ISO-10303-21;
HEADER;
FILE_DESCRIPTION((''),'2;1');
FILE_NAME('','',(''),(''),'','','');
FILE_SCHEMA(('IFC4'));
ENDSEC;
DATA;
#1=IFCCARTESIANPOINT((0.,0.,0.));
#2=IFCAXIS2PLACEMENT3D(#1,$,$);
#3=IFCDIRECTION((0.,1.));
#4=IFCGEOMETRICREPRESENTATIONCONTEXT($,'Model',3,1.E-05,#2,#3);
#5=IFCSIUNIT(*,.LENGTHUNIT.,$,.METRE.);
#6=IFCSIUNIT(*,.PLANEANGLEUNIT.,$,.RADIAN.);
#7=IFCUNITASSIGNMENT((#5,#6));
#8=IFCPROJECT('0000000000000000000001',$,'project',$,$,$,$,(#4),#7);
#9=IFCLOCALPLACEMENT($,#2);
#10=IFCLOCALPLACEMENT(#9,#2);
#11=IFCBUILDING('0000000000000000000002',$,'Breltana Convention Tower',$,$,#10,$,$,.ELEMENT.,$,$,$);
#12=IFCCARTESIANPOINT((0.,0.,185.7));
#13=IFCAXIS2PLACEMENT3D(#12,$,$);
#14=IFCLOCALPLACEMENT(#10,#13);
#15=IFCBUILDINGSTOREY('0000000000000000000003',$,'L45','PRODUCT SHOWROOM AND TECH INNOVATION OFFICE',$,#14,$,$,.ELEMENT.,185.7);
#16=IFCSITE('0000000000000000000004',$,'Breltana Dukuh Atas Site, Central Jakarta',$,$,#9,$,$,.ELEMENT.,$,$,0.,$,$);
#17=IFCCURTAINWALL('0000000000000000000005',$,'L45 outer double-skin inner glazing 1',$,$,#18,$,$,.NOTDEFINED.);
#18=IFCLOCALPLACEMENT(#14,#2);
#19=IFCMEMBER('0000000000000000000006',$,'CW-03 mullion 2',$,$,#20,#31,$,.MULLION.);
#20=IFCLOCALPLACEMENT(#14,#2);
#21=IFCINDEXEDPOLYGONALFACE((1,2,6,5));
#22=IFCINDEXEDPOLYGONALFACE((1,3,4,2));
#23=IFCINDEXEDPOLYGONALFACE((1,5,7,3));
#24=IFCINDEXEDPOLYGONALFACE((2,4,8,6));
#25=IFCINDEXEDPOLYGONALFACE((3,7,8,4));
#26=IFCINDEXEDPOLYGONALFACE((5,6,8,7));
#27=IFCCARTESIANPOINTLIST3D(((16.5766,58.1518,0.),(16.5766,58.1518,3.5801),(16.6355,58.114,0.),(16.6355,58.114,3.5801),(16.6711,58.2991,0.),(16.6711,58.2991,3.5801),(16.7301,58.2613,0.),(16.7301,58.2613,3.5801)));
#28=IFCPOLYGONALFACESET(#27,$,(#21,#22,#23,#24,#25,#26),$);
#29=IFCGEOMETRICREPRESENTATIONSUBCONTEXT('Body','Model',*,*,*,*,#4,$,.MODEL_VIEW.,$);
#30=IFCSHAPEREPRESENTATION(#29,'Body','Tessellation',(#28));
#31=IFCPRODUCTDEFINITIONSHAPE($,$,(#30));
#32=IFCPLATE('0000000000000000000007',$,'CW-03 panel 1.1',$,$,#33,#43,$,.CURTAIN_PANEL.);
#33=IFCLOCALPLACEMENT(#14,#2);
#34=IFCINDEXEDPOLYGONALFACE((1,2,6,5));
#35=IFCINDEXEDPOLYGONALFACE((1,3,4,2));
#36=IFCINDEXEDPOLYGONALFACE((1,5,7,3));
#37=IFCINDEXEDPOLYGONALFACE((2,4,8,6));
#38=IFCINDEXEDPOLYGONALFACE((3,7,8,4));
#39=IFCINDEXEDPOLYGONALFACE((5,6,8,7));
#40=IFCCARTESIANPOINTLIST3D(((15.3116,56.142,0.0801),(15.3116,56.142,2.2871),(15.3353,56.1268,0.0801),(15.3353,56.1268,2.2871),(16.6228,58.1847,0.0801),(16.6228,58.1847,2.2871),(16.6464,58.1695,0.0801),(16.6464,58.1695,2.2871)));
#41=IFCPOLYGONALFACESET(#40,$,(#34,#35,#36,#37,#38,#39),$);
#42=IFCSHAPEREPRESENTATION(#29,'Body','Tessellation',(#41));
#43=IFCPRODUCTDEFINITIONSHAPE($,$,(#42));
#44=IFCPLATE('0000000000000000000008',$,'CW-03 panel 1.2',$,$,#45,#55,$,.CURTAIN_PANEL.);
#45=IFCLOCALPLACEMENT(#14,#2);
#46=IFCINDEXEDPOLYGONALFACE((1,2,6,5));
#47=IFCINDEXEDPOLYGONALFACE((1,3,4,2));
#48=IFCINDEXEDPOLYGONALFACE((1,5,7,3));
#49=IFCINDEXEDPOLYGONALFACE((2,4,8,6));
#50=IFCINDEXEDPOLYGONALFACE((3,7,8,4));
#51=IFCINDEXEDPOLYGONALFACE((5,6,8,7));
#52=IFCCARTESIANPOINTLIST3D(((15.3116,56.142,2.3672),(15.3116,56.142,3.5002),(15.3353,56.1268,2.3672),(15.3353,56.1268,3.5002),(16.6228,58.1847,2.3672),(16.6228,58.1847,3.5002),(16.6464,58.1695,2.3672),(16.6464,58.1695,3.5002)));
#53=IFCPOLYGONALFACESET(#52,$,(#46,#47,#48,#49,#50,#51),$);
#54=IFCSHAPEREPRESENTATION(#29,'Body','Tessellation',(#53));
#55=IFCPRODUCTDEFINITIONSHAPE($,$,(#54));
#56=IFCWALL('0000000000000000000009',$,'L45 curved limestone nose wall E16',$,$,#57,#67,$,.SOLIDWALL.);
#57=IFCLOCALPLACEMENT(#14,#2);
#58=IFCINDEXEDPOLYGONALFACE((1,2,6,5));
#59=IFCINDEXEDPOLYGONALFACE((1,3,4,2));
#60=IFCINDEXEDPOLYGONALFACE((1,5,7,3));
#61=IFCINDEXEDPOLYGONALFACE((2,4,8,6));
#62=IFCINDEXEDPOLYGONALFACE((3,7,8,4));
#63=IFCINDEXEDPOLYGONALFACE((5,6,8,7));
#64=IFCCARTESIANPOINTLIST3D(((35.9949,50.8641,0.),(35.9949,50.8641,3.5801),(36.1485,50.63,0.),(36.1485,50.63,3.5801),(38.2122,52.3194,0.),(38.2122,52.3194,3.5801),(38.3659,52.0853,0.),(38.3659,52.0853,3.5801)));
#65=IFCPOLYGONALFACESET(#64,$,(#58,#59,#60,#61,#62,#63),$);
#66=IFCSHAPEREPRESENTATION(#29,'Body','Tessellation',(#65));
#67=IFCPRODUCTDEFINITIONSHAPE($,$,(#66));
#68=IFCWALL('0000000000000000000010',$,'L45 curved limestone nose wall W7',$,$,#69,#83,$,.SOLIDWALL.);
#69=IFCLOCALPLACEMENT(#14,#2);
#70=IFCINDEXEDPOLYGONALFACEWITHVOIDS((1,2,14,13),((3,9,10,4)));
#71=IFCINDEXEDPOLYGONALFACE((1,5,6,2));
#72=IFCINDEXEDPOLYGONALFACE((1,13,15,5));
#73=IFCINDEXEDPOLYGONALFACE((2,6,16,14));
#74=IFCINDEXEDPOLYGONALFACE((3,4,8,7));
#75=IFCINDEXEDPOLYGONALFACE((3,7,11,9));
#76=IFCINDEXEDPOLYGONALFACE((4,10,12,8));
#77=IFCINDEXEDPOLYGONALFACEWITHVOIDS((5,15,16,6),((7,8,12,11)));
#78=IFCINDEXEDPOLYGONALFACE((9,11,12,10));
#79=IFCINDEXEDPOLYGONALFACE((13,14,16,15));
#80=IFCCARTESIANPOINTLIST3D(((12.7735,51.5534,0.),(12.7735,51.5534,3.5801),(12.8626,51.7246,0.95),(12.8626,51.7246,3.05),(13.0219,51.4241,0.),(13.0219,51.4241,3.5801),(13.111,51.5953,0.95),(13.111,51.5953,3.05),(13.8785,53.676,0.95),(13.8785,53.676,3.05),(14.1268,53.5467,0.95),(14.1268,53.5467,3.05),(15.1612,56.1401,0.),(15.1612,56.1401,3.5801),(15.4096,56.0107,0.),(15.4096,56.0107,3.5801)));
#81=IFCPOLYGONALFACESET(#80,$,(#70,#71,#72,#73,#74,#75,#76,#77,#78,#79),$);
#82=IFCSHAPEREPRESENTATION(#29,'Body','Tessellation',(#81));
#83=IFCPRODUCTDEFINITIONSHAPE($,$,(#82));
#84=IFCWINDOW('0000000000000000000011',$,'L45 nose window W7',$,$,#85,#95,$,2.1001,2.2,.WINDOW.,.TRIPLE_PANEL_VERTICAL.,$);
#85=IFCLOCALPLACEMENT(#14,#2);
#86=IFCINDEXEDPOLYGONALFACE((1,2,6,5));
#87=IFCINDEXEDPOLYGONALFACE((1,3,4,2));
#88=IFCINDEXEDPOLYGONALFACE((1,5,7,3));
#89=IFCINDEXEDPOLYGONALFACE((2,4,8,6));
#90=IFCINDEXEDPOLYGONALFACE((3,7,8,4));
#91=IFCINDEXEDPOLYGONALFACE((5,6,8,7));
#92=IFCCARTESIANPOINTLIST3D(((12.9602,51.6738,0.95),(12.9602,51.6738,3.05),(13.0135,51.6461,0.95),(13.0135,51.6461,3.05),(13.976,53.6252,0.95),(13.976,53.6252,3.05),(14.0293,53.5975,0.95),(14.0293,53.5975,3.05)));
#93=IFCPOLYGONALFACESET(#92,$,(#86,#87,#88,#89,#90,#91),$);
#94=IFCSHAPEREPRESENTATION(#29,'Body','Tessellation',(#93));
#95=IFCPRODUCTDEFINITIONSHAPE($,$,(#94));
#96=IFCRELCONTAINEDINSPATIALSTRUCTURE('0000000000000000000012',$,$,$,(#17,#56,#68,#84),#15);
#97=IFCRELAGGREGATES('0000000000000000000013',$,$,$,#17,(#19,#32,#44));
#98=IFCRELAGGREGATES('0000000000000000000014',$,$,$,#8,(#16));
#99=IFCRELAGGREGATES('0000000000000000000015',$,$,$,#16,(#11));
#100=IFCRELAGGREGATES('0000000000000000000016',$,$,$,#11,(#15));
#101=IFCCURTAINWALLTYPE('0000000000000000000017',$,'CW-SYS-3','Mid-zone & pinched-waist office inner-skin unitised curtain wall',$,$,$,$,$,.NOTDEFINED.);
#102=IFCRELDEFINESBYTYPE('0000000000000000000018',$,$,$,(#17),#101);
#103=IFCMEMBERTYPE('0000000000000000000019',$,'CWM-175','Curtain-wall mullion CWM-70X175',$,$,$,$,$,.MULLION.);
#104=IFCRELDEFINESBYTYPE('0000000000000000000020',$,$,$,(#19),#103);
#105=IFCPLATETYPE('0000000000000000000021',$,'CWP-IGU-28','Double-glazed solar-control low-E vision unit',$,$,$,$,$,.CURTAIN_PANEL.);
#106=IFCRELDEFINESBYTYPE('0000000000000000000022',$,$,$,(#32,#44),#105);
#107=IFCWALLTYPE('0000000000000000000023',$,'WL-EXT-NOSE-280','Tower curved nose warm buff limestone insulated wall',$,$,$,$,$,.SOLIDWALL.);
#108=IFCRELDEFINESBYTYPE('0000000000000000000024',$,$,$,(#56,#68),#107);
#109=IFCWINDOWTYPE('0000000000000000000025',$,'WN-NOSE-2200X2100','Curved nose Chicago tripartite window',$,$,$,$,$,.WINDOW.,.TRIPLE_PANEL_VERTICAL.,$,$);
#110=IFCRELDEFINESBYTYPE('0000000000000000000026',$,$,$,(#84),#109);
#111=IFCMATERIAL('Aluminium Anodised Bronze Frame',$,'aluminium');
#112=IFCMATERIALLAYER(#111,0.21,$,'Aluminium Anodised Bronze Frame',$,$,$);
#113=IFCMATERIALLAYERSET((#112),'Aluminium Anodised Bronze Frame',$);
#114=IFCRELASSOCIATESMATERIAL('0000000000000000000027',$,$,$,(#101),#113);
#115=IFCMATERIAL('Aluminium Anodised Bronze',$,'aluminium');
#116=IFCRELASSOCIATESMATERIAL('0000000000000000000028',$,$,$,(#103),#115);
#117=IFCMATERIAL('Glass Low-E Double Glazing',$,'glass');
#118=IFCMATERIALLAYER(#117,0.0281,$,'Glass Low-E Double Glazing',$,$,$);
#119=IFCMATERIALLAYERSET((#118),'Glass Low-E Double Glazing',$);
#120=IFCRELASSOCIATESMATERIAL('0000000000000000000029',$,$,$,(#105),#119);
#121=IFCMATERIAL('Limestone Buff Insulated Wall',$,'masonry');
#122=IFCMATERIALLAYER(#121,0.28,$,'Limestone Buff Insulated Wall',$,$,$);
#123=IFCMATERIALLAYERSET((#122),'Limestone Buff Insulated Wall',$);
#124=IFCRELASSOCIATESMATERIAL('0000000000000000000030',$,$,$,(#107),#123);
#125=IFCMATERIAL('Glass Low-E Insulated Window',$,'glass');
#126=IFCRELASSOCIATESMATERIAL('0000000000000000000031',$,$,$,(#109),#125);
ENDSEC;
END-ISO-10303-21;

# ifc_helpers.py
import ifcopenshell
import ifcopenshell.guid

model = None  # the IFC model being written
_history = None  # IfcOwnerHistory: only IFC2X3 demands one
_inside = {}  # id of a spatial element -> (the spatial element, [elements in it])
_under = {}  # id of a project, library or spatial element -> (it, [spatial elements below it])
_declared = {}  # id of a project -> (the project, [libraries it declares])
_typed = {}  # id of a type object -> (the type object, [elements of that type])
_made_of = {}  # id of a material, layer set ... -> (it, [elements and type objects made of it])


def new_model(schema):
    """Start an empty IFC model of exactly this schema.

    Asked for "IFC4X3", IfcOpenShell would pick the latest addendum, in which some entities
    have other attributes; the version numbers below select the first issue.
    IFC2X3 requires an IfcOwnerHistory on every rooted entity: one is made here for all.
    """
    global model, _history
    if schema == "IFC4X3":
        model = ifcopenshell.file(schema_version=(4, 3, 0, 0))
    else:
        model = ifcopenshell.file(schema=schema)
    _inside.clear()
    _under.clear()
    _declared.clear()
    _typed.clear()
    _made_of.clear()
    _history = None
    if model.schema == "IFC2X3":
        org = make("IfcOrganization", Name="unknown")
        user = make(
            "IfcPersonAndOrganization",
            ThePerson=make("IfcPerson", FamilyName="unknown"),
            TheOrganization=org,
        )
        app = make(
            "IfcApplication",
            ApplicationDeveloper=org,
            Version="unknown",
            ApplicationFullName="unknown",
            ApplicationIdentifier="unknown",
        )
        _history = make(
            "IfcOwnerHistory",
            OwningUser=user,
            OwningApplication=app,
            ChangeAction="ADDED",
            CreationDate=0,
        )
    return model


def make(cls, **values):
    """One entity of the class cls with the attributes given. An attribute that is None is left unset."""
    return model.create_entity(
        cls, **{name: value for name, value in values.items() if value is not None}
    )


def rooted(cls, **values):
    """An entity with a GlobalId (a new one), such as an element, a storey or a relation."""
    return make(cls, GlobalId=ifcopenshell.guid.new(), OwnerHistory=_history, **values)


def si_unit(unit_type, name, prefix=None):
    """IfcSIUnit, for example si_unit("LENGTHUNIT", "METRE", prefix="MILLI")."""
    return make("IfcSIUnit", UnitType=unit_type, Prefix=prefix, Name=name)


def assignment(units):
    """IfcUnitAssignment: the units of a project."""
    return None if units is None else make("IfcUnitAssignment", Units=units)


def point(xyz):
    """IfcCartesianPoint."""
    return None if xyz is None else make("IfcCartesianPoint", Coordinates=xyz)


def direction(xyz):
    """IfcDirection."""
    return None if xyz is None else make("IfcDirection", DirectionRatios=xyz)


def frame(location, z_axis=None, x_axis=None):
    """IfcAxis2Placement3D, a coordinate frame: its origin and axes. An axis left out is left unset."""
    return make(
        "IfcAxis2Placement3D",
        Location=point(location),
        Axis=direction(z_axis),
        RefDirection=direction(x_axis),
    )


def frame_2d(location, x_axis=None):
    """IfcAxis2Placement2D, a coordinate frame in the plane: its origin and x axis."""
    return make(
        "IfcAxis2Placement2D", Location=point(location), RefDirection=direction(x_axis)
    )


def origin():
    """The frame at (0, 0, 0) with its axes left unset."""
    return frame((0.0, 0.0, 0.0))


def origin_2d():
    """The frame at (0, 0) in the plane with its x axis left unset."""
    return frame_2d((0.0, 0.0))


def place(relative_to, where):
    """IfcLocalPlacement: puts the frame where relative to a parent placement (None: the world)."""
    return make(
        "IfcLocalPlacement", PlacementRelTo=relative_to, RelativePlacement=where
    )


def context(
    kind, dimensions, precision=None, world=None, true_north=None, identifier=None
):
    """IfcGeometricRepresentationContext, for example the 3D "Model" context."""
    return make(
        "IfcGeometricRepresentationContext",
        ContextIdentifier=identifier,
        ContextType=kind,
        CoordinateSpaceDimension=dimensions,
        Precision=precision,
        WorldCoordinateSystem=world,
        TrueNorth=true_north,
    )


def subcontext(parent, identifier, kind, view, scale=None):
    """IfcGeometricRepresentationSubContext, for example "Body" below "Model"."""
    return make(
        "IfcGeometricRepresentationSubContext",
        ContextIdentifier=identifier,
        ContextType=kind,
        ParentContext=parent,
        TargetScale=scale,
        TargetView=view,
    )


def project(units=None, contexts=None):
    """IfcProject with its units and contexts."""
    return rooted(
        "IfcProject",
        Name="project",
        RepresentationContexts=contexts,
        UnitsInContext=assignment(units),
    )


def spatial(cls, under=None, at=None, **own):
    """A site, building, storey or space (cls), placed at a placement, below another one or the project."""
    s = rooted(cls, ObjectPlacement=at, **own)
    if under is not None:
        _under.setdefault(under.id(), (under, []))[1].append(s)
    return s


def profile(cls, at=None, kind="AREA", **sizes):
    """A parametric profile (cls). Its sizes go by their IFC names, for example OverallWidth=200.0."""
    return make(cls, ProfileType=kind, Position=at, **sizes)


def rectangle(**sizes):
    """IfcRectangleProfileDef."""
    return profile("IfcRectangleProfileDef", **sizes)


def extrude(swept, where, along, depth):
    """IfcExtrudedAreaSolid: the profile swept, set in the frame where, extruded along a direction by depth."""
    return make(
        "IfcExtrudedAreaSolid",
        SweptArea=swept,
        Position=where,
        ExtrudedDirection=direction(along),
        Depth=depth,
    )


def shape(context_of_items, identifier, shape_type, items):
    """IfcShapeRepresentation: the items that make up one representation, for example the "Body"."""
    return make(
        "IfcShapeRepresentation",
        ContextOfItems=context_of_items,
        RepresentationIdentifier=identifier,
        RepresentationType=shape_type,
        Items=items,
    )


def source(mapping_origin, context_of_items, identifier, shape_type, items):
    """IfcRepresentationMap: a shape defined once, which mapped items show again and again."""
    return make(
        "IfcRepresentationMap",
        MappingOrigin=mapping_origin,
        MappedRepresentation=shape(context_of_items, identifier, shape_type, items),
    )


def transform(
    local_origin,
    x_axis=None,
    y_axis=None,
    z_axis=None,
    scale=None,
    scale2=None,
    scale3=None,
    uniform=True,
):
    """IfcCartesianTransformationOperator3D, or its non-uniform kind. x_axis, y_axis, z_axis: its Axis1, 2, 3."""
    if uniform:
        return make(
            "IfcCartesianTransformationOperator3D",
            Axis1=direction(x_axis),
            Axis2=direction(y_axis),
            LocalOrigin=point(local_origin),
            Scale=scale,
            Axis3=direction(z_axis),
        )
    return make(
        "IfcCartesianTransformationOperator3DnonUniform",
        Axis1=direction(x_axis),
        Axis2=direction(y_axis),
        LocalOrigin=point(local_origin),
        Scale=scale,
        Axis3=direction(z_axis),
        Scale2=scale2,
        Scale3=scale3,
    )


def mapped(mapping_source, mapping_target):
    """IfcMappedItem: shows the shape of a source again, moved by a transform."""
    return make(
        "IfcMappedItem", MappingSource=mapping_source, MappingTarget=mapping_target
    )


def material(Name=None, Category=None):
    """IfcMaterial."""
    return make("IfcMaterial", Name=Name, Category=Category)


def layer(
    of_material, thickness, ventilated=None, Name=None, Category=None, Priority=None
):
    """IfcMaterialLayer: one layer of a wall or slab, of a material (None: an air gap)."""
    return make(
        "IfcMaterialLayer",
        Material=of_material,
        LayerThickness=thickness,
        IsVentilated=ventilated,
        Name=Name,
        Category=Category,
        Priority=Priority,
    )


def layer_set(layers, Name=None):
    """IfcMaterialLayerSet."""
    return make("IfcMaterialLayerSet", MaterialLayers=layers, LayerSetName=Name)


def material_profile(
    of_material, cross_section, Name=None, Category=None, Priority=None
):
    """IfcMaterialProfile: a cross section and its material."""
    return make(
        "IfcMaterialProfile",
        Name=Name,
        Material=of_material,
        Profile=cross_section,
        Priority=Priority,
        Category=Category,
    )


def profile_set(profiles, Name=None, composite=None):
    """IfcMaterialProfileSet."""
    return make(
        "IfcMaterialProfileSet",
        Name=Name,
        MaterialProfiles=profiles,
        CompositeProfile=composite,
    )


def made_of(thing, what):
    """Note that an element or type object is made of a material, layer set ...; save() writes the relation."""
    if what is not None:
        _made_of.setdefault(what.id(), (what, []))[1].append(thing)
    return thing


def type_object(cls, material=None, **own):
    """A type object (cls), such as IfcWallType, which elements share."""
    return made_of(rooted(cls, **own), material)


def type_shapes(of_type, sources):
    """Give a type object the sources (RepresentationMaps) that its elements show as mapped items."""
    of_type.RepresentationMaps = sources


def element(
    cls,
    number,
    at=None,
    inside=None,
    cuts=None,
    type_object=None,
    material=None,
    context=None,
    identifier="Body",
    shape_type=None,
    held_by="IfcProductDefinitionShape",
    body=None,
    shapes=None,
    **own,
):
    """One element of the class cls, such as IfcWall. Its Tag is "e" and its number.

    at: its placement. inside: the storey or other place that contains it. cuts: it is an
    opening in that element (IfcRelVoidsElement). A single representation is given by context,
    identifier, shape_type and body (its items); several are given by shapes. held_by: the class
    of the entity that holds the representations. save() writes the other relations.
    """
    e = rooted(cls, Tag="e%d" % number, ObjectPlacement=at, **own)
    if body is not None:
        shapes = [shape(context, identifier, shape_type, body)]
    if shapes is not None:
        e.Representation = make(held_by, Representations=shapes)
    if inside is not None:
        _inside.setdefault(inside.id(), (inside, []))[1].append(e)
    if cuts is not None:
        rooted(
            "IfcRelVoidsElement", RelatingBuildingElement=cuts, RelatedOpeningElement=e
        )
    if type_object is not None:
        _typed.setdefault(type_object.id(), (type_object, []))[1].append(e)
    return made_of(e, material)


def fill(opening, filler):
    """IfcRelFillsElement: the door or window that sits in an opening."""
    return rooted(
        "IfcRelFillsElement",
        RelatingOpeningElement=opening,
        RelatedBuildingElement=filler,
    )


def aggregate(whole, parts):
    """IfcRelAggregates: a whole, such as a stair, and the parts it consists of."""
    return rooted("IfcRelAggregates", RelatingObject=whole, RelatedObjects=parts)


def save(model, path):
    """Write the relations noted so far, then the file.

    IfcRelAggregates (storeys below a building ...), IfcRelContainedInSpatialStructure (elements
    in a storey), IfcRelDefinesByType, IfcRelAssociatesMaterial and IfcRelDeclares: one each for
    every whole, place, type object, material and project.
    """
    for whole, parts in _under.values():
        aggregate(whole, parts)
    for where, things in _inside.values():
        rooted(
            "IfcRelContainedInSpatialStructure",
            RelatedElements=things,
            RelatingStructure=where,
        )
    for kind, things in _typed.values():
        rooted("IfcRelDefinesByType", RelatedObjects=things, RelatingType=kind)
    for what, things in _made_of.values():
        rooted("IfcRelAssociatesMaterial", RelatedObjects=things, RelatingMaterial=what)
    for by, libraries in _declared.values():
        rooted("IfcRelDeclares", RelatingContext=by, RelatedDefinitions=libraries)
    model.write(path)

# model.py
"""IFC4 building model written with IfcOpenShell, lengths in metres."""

from ifc_helpers import new_model, si_unit, direction, frame, frame_2d, origin, origin_2d, place, context, subcontext, project, spatial, rectangle, extrude, source, transform, mapped, material, layer, layer_set, material_profile, profile_set, type_object, type_shapes, element, fill, aggregate, save


model = new_model("IFC4")

# Units and contexts
model_context = context("Model", 3, precision=1e-05, world=origin(), true_north=direction((0.0, 1.0)))
body_context = subcontext(model_context, "Body", "Model", "MODEL_VIEW")
ifc_project = project(units=[si_unit("LENGTHUNIT", "METRE"), si_unit("PLANEANGLEUNIT", "RADIAN")], contexts=[model_context])

# Site, building, storey
site_placement = place(None, origin())
site = spatial("IfcSite", under=ifc_project, at=site_placement, Name="Breltana Dukuh Atas Site, Central Jakarta", CompositionType="ELEMENT", RefElevation=0.0)
building_placement = place(site_placement, origin())
building = spatial("IfcBuilding", under=site, at=building_placement, Name="Breltana Convention Tower", CompositionType="ELEMENT")
storey_placement = place(building_placement, frame((0.0, 0.0, 185.7)))
storey = spatial("IfcBuildingStorey", under=building, at=storey_placement, Name="L45", Description="PRODUCT SHOWROOM AND TECH INNOVATION OFFICE", CompositionType="ELEMENT", Elevation=185.7)

# Curtain wall, member, plates
ifc_material_1 = material(Name="Aluminium Anodised Bronze Frame", Category="aluminium")
ifc_layer_1 = layer(ifc_material_1, 0.21, Name="Aluminium Anodised Bronze Frame")
ifc_layer_set_1 = layer_set([ifc_layer_1], Name="Aluminium Anodised Bronze Frame")
curtain_wall_type = type_object("IfcCurtainWallType", Name="CW-SYS-3", Description="Mid-zone & pinched-waist office inner-skin unitised curtain wall", PredefinedType="NOTDEFINED", material=ifc_layer_set_1)
curtain_wall_placement = place(storey_placement, origin())
curtain_wall = element("IfcCurtainWall", 1, at=curtain_wall_placement, inside=storey, type_object=curtain_wall_type, Name="L45 outer double-skin inner glazing 1", PredefinedType="NOTDEFINED")
ifc_material_2 = material(Name="Aluminium Anodised Bronze", Category="aluminium")
ifc_material_profile_1 = material_profile(ifc_material_2, rectangle(XDim=0.0701, YDim=0.175, at=origin_2d()), Name="CWM-70X175")
ifc_profile_set_1 = profile_set([ifc_material_profile_1], Name="Aluminium Anodised Bronze")
member_type_1 = type_object("IfcMemberType", Name="CWM-175", Description="Curtain-wall mullion CWM-70X175", PredefinedType="MULLION", material=ifc_profile_set_1)
shared_shape_1 = source(origin(), body_context, "Body", "SweptSolid", [
    extrude(rectangle(XDim=0.0701, YDim=0.175, at=origin_2d()), origin(), (0.0, 0.0, 1.0), 3.5801),
])
member_1_placement = place(storey_placement, frame((16.6533, 58.2065, 0.0), z_axis=(0.0, 0.0, 1.0), x_axis=(-0.841554, 0.540173, 0.0)))
member_1 = element("IfcMember", 2, at=member_1_placement, type_object=member_type_1, Name="CW-03 mullion 2", PredefinedType="MULLION", context=body_context, shape_type="MappedRepresentation", body=[
    mapped(shared_shape_1, transform((0.0, 0.0, 0.0), scale=1.0)),
])
ifc_material_3 = material(Name="Glass Low-E Double Glazing", Category="glass")
ifc_layer_2 = layer(ifc_material_3, 0.0281, Name="Glass Low-E Double Glazing")
ifc_layer_set_2 = layer_set([ifc_layer_2], Name="Glass Low-E Double Glazing")
plate_type = type_object("IfcPlateType", Name="CWP-IGU-28", Description="Double-glazed solar-control low-E vision unit", PredefinedType="CURTAIN_PANEL", material=ifc_layer_set_2)
shared_shape_2 = source(origin(), body_context, "Body", "SweptSolid", [
    extrude(rectangle(XDim=2.4272, YDim=0.0281, at=origin_2d()), origin(), (0.0, 0.0, 1.0), 2.207),
])
plate_1_placement = place(storey_placement, frame((15.979, 57.1558, 0.0801), z_axis=(0.0, 0.0, 1.0), x_axis=(0.540173, 0.841554, 0.0)))
plate_1 = element("IfcPlate", 3, at=plate_1_placement, type_object=plate_type, Name="CW-03 panel 1.1", PredefinedType="CURTAIN_PANEL", context=body_context, shape_type="MappedRepresentation", body=[
    mapped(shared_shape_2, transform((0.0, 0.0, 0.0), scale=1.0)),
])
shared_shape_3 = source(origin(), body_context, "Body", "SweptSolid", [
    extrude(rectangle(XDim=2.4272, YDim=0.0281, at=origin_2d()), origin(), (0.0, 0.0, 1.0), 1.1331),
])
plate_2_placement = place(storey_placement, frame((15.979, 57.1558, 2.3672), z_axis=(0.0, 0.0, 1.0), x_axis=(0.540173, 0.841554, 0.0)))
plate_2 = element("IfcPlate", 4, at=plate_2_placement, type_object=plate_type, Name="CW-03 panel 1.2", PredefinedType="CURTAIN_PANEL", context=body_context, shape_type="MappedRepresentation", body=[
    mapped(shared_shape_3, transform((0.0, 0.0, 0.0), scale=1.0)),
])
aggregate(curtain_wall, [member_1, plate_1, plate_2])

# Wall
ifc_material_4 = material(Name="Limestone Buff Insulated Wall", Category="masonry")
ifc_layer_3 = layer(ifc_material_4, 0.28, Name="Limestone Buff Insulated Wall")
ifc_layer_set_3 = layer_set([ifc_layer_3], Name="Limestone Buff Insulated Wall")
wall_type = type_object("IfcWallType", Name="WL-EXT-NOSE-280", Description="Tower curved nose warm buff limestone insulated wall", PredefinedType="SOLIDWALL", material=ifc_layer_set_3)
shared_shape_4 = source(origin(), body_context, "Body", "SweptSolid", [
    extrude(rectangle(XDim=2.6523, YDim=0.28, at=frame_2d((1.3262, 0.0))), origin(), (0.0, 0.0, 1.0), 3.5801),
])
wall_1_placement = place(storey_placement, frame((38.2891, 52.2024, 0.0), z_axis=(0.0, 0.0, 1.0), x_axis=(-0.836008, -0.548717, 0.0)))
element("IfcWall", 5, at=wall_1_placement, inside=storey, type_object=wall_type, Name="L45 curved limestone nose wall E16", PredefinedType="SOLIDWALL", context=body_context, shape_type="MappedRepresentation", body=[
    mapped(shared_shape_4, transform((0.0, 0.0, 0.0), scale=1.0)),
])

# Wall, opening, window
shared_shape_5 = source(origin(), body_context, "Body", "SweptSolid", [
    extrude(rectangle(XDim=5.1709, YDim=0.28, at=frame_2d((2.5854, 0.0))), origin(), (0.0, 0.0, 1.0), 3.5801),
])
wall_2_placement = place(storey_placement, frame((12.8977, 51.4888, 0.0), z_axis=(0.0, 0.0, 1.0), x_axis=(0.461753, 0.887009, 0.0)))
wall_2 = element("IfcWall", 6, at=wall_2_placement, inside=storey, type_object=wall_type, Name="L45 curved limestone nose wall W7", PredefinedType="SOLIDWALL", context=body_context, shape_type="MappedRepresentation", body=[
    mapped(shared_shape_5, transform((0.0, 0.0, 0.0), scale=1.0)),
])
opening_placement = place(wall_2_placement, frame((0.1929, 0.0, 0.95)))
opening = element("IfcOpeningElement", 7, at=opening_placement, cuts=wall_2, PredefinedType="OPENING", context=body_context, shape_type="SweptSolid", body=[
    extrude(rectangle(XDim=2.2, YDim=2.1001, at=frame_2d((1.1001, 1.05))), frame((0.0, 0.1499, 0.0), z_axis=(0.0, -1.0, 0.0), x_axis=(1.0, 0.0, 0.0)), (0.0, 0.0, 1.0), 0.3),
])
ifc_material_5 = material(Name="Glass Low-E Insulated Window", Category="glass")
window_type = type_object("IfcWindowType", Name="WN-NOSE-2200X2100", Description="Curved nose Chicago tripartite window", PartitioningType="TRIPLE_PANEL_VERTICAL", PredefinedType="WINDOW", material=ifc_material_5)
shared_shape_6 = source(origin(), body_context, "Body", "SweptSolid", [
    extrude(rectangle(XDim=2.2, YDim=2.1001, at=frame_2d((1.1001, 1.05))), frame((0.0, 0.03, 0.0), z_axis=(0.0, -1.0, 0.0), x_axis=(1.0, 0.0, 0.0)), (0.0, 0.0, 1.0), 0.0601),
])
type_shapes(window_type, [shared_shape_6])
window_placement = place(opening_placement, origin())
window = element("IfcWindow", 8, at=window_placement, inside=storey, type_object=window_type, Name="L45 nose window W7", OverallHeight=2.1001, OverallWidth=2.2, PartitioningType="TRIPLE_PANEL_VERTICAL", PredefinedType="WINDOW", context=body_context, shape_type="MappedRepresentation", body=[
    mapped(shared_shape_6, transform((0.0, 0.0, 0.0), scale=1.0)),
])
fill(opening, window)

save(model, "model.ifc")
